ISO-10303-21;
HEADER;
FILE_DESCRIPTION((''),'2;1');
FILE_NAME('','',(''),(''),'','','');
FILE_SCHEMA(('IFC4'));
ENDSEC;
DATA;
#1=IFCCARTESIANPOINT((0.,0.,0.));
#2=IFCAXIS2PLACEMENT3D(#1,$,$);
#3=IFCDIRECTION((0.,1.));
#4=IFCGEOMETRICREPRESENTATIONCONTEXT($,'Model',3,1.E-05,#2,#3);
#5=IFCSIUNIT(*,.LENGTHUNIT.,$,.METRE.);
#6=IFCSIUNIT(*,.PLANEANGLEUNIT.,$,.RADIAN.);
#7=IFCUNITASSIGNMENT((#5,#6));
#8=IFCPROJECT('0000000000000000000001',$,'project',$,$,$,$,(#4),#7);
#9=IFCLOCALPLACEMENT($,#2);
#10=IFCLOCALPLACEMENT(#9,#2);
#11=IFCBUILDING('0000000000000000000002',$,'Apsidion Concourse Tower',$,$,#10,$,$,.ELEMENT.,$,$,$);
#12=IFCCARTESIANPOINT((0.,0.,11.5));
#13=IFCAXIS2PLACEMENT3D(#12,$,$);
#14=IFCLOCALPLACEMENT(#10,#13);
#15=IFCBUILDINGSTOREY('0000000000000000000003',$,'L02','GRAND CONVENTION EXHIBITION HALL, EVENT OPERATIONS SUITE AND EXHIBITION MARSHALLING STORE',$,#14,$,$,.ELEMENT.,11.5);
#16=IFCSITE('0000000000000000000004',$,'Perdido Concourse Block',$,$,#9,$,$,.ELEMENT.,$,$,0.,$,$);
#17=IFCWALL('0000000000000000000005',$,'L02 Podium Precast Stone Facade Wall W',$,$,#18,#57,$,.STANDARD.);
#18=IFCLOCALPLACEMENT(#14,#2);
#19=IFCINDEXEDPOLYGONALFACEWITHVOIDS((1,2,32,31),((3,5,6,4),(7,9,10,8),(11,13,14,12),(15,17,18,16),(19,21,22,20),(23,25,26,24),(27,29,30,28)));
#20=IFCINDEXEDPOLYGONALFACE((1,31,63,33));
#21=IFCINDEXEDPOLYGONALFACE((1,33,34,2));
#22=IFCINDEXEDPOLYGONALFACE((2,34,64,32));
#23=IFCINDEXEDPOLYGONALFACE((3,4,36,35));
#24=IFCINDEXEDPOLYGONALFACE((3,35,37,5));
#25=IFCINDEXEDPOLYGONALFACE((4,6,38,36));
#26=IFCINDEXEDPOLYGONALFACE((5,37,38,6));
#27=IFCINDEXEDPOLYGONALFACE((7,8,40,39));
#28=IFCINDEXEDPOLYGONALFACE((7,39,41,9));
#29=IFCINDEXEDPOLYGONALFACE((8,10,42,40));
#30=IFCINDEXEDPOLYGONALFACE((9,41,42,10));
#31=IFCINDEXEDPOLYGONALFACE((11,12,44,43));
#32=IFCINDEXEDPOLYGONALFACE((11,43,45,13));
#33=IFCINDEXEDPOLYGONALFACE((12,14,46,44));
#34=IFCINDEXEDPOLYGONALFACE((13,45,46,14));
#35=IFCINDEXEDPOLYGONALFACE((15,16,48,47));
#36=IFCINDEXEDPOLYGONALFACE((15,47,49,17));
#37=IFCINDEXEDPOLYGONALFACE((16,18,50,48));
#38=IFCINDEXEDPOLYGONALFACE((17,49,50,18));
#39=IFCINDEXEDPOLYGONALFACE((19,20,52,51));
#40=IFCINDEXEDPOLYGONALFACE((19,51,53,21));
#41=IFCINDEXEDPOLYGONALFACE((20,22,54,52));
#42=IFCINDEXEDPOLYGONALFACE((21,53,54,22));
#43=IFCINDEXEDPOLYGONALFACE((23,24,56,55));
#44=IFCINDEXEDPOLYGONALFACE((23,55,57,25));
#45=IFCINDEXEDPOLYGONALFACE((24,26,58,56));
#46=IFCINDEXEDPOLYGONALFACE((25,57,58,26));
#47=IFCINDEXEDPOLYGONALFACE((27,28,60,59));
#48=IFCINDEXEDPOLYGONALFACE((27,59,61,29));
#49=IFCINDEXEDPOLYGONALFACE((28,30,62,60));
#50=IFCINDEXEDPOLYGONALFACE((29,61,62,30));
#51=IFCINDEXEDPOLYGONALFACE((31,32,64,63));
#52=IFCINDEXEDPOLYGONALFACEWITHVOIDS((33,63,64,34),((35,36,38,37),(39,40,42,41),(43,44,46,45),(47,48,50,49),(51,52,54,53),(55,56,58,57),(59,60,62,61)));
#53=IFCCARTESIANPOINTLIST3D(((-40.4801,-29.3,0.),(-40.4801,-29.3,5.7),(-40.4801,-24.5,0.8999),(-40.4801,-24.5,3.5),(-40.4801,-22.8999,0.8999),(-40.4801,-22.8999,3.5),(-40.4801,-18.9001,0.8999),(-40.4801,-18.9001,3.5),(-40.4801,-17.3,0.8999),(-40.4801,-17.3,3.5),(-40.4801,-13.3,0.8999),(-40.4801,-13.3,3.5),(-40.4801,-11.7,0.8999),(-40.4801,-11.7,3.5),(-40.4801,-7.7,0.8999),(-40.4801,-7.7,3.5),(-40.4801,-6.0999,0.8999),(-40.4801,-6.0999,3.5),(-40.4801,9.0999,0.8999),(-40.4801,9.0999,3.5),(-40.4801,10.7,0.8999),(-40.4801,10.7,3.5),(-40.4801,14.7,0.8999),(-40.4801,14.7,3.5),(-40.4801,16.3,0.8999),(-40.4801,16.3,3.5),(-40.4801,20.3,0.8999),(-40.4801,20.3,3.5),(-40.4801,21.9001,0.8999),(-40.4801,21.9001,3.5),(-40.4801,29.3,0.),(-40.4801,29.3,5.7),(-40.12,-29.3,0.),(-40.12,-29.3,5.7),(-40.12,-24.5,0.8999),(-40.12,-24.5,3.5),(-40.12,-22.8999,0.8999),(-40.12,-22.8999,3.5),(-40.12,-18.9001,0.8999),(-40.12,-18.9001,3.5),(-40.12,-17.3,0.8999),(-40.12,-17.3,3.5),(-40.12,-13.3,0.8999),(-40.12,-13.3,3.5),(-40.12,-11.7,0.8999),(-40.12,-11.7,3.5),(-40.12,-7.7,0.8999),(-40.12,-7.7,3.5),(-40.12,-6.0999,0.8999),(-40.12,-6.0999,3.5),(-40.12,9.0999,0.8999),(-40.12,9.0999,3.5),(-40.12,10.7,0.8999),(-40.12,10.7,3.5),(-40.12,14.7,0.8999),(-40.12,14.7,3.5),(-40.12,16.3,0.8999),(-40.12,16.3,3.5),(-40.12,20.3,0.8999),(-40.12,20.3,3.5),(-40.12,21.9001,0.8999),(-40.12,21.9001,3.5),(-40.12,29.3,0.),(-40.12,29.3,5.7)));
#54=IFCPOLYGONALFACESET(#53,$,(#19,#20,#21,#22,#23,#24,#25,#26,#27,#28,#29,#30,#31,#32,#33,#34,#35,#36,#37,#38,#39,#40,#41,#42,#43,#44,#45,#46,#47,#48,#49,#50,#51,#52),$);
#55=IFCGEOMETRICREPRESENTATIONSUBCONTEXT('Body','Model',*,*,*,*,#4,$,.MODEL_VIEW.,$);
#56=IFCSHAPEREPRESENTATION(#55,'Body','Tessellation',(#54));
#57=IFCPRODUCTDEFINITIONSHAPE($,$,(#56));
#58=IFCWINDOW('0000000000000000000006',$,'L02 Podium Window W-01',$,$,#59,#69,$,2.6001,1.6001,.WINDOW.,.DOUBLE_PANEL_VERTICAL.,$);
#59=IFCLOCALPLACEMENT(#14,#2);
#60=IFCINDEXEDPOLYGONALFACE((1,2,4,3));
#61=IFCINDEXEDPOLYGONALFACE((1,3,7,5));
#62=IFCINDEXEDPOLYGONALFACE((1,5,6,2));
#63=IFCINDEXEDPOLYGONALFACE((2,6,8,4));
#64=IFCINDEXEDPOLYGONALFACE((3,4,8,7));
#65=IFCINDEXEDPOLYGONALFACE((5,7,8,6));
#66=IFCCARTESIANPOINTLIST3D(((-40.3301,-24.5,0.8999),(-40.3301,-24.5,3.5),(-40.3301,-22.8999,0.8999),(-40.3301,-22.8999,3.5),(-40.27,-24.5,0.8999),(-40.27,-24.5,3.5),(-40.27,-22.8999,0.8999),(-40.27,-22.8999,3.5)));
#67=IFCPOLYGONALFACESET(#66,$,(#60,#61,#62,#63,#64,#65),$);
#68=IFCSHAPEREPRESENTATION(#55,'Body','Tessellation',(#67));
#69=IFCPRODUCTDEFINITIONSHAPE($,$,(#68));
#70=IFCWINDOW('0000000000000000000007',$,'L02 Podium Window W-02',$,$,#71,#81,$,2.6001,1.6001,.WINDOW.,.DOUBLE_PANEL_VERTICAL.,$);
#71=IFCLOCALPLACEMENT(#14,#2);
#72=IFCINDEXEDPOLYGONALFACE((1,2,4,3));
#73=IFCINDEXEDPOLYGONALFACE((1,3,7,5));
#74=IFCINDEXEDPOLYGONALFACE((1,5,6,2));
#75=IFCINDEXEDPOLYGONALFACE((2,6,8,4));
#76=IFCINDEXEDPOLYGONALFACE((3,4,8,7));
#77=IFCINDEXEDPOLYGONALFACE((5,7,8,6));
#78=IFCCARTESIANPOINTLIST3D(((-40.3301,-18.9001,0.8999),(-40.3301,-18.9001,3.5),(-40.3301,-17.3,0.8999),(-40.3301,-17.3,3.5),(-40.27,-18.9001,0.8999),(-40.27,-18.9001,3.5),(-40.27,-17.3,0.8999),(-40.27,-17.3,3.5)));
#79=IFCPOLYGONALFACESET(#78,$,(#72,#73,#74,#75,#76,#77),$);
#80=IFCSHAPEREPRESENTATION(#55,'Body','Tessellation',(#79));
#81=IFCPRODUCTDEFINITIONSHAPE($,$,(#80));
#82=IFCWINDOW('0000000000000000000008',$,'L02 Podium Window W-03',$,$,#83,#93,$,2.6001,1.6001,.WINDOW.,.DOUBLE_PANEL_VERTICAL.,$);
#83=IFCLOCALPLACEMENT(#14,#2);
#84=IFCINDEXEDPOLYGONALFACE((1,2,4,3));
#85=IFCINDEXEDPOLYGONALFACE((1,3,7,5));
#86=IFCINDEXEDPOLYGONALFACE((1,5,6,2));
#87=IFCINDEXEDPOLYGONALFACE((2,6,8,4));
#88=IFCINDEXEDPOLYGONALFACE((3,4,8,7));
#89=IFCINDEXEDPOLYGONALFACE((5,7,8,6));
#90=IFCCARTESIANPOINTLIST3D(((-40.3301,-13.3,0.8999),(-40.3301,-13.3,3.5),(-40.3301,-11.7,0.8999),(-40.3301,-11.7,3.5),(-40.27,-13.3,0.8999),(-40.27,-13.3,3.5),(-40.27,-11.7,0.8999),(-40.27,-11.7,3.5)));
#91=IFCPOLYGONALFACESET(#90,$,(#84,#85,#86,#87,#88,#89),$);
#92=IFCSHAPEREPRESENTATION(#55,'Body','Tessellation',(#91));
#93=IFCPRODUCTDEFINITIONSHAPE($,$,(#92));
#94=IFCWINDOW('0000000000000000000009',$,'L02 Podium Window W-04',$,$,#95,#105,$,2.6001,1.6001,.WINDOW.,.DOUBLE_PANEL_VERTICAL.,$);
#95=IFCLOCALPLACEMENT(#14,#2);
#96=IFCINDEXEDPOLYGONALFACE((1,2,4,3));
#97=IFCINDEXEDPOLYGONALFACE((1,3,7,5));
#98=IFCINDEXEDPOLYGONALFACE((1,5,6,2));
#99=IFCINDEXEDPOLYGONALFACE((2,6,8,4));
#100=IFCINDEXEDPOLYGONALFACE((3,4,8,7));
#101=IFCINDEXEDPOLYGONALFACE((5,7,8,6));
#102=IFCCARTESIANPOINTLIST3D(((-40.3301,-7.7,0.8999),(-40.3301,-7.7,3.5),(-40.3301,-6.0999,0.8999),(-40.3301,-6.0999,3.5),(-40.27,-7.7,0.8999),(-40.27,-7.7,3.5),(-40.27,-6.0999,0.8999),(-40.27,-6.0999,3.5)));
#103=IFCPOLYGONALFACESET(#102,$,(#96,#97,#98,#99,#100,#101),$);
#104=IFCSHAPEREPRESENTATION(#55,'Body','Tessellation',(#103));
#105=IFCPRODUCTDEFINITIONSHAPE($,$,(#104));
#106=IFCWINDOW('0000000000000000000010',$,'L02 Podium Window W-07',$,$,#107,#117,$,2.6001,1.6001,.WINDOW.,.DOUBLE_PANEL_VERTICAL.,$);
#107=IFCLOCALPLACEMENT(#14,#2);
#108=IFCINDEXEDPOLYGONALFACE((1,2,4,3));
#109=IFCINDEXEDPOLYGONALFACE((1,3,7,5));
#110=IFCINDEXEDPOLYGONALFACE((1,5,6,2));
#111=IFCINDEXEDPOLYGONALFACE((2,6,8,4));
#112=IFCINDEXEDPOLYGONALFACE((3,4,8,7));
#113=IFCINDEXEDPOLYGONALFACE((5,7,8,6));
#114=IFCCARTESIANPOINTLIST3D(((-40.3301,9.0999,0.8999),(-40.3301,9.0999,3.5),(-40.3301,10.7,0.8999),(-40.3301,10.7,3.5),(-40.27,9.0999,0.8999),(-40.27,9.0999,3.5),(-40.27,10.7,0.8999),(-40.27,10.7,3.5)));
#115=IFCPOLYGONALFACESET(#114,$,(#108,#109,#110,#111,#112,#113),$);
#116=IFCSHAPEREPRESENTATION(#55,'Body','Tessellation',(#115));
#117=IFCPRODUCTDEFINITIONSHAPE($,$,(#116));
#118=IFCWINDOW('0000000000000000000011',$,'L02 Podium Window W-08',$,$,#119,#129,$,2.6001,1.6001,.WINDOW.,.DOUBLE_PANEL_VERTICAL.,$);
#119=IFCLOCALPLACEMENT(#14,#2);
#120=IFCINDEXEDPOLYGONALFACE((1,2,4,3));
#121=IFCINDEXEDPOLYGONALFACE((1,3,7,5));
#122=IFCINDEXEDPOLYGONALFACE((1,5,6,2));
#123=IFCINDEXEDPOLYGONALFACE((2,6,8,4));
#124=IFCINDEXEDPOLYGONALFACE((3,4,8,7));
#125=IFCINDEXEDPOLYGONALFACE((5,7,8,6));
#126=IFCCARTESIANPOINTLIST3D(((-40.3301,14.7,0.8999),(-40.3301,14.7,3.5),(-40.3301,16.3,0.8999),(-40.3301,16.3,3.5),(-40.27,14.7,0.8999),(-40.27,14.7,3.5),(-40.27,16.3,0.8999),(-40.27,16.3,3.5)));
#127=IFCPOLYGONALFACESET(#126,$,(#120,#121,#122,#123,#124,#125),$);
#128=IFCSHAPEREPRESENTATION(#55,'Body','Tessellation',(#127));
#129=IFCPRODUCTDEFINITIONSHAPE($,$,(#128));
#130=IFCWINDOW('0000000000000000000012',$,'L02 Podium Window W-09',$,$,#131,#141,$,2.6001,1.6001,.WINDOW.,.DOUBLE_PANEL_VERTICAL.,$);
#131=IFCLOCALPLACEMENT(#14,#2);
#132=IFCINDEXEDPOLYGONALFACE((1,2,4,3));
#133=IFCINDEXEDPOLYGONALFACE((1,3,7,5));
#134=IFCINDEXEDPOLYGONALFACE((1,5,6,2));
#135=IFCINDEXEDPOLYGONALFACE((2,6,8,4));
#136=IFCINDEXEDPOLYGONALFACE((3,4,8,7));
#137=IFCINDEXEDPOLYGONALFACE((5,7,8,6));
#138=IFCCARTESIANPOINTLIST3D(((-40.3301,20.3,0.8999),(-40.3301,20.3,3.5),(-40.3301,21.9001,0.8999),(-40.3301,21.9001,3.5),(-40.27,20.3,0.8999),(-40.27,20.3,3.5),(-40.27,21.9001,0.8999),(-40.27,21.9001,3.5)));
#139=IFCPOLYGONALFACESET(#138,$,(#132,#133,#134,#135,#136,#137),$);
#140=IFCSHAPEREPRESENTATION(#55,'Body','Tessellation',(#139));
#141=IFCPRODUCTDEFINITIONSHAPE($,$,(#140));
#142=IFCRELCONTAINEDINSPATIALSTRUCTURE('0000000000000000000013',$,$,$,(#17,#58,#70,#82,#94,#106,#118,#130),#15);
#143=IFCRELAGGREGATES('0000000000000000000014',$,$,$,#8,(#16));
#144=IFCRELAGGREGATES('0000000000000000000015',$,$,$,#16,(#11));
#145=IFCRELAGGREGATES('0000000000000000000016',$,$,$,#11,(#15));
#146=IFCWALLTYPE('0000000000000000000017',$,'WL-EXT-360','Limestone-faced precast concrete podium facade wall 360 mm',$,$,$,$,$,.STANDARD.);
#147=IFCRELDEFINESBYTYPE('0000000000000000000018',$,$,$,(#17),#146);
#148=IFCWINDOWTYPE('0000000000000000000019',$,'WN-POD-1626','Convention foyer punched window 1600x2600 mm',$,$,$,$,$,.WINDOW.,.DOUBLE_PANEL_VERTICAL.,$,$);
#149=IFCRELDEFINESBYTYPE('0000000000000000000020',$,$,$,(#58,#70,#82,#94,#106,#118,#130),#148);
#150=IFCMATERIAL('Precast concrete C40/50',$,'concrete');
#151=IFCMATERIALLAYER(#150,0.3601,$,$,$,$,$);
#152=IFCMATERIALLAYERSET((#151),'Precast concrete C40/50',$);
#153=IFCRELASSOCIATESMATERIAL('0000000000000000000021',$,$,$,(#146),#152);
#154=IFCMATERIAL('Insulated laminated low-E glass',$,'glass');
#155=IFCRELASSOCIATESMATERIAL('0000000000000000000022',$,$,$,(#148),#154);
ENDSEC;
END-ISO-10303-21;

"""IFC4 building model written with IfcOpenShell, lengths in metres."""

from ifc_helpers import new_model, si_unit, direction, frame, frame_2d, origin, place, context, subcontext, project, spatial, rectangle, extrude, material, layer, layer_set, type_object, element, fill, save


model = new_model("IFC4")

# Units and contexts
model_context = context("Model", 3, precision=1e-05, world=origin(), true_north=direction((0.0, 1.0)))
body_context = subcontext(model_context, "Body", "Model", "MODEL_VIEW")
ifc_project = project(units=[si_unit("LENGTHUNIT", "METRE"), si_unit("PLANEANGLEUNIT", "RADIAN")], contexts=[model_context])

# Site, building, storey
site_placement = place(None, origin())
site = spatial("IfcSite", under=ifc_project, at=site_placement, Name="Perdido Concourse Block", CompositionType="ELEMENT", RefElevation=0.0)
building_placement = place(site_placement, origin())
building = spatial("IfcBuilding", under=site, at=building_placement, Name="Apsidion Concourse Tower", CompositionType="ELEMENT")
storey_placement = place(building_placement, frame((0.0, 0.0, 11.5)))
storey = spatial("IfcBuildingStorey", under=building, at=storey_placement, Name="L02", Description="GRAND CONVENTION EXHIBITION HALL, EVENT OPERATIONS SUITE AND EXHIBITION MARSHALLING STORE", CompositionType="ELEMENT", Elevation=11.5)

# Wall, openings, windows
ifc_material_1 = material(Name="Precast concrete C40/50", Category="concrete")
ifc_layer_1 = layer(ifc_material_1, 0.3601)
ifc_layer_set_1 = layer_set([ifc_layer_1], Name="Precast concrete C40/50")
wall_type_1 = type_object("IfcWallType", Name="WL-EXT-360", Description="Limestone-faced precast concrete podium facade wall 360 mm", PredefinedType="STANDARD", material=ifc_layer_set_1)
wall_1_placement = place(storey_placement, frame((-40.3, -29.3, 0.0), z_axis=(0.0, 0.0, 1.0), x_axis=(0.0, 1.0, 0.0)))
wall_1 = element("IfcWall", 1, at=wall_1_placement, inside=storey, type_object=wall_type_1, Name="L02 Podium Precast Stone Facade Wall W", PredefinedType="STANDARD", context=body_context, shape_type="SweptSolid", body=[
    extrude(rectangle(XDim=58.6001, YDim=0.3601, at=frame_2d((29.3, 0.0))), origin(), (0.0, 0.0, 1.0), 5.7),
])
opening_1_placement = place(wall_1_placement, frame((4.8, 0.0, 0.8999)))
opening_1 = element("IfcOpeningElement", 2, at=opening_1_placement, cuts=wall_1, PredefinedType="OPENING", context=body_context, shape_type="SweptSolid", body=[
    extrude(rectangle(XDim=1.6001, YDim=2.6001, at=frame_2d((0.8, 1.3))), frame((0.0, 0.1899, 0.0), z_axis=(0.0, -1.0, 0.0), x_axis=(1.0, 0.0, 0.0)), (0.0, 0.0, 1.0), 0.3801),
])
opening_2_placement = place(wall_1_placement, frame((10.3999, 0.0, 0.8999)))
opening_2 = element("IfcOpeningElement", 3, at=opening_2_placement, cuts=wall_1, PredefinedType="OPENING", context=body_context, shape_type="SweptSolid", body=[
    extrude(rectangle(XDim=1.6001, YDim=2.6001, at=frame_2d((0.8, 1.3))), frame((0.0, 0.1899, 0.0), z_axis=(0.0, -1.0, 0.0), x_axis=(1.0, 0.0, 0.0)), (0.0, 0.0, 1.0), 0.3801),
])
opening_3_placement = place(wall_1_placement, frame((16.0, 0.0, 0.8999)))
opening_3 = element("IfcOpeningElement", 4, at=opening_3_placement, cuts=wall_1, PredefinedType="OPENING", context=body_context, shape_type="SweptSolid", body=[
    extrude(rectangle(XDim=1.6001, YDim=2.6001, at=frame_2d((0.8, 1.3))), frame((0.0, 0.1899, 0.0), z_axis=(0.0, -1.0, 0.0), x_axis=(1.0, 0.0, 0.0)), (0.0, 0.0, 1.0), 0.3801),
])
opening_4_placement = place(wall_1_placement, frame((21.6001, 0.0, 0.8999)))
opening_4 = element("IfcOpeningElement", 5, at=opening_4_placement, cuts=wall_1, PredefinedType="OPENING", context=body_context, shape_type="SweptSolid", body=[
    extrude(rectangle(XDim=1.6001, YDim=2.6001, at=frame_2d((0.8, 1.3))), frame((0.0, 0.1899, 0.0), z_axis=(0.0, -1.0, 0.0), x_axis=(1.0, 0.0, 0.0)), (0.0, 0.0, 1.0), 0.3801),
])
opening_5_placement = place(wall_1_placement, frame((38.3999, 0.0, 0.8999)))
opening_5 = element("IfcOpeningElement", 6, at=opening_5_placement, cuts=wall_1, PredefinedType="OPENING", context=body_context, shape_type="SweptSolid", body=[
    extrude(rectangle(XDim=1.6001, YDim=2.6001, at=frame_2d((0.8, 1.3))), frame((0.0, 0.1899, 0.0), z_axis=(0.0, -1.0, 0.0), x_axis=(1.0, 0.0, 0.0)), (0.0, 0.0, 1.0), 0.3801),
])
opening_6_placement = place(wall_1_placement, frame((44.0, 0.0, 0.8999)))
opening_6 = element("IfcOpeningElement", 7, at=opening_6_placement, cuts=wall_1, PredefinedType="OPENING", context=body_context, shape_type="SweptSolid", body=[
    extrude(rectangle(XDim=1.6001, YDim=2.6001, at=frame_2d((0.8, 1.3))), frame((0.0, 0.1899, 0.0), z_axis=(0.0, -1.0, 0.0), x_axis=(1.0, 0.0, 0.0)), (0.0, 0.0, 1.0), 0.3801),
])
opening_7_placement = place(wall_1_placement, frame((49.6001, 0.0, 0.8999)))
opening_7 = element("IfcOpeningElement", 8, at=opening_7_placement, cuts=wall_1, PredefinedType="OPENING", context=body_context, shape_type="SweptSolid", body=[
    extrude(rectangle(XDim=1.6001, YDim=2.6001, at=frame_2d((0.8, 1.3))), frame((0.0, 0.1899, 0.0), z_axis=(0.0, -1.0, 0.0), x_axis=(1.0, 0.0, 0.0)), (0.0, 0.0, 1.0), 0.3801),
])
ifc_material_2 = material(Name="Insulated laminated low-E glass", Category="glass")
window_type = type_object("IfcWindowType", Name="WN-POD-1626", Description="Convention foyer punched window 1600x2600 mm", PartitioningType="DOUBLE_PANEL_VERTICAL", PredefinedType="WINDOW", material=ifc_material_2)
window_1_placement = place(opening_1_placement, origin())
window_1 = element("IfcWindow", 9, at=window_1_placement, inside=storey, type_object=window_type, Name="L02 Podium Window W-01", OverallHeight=2.6001, OverallWidth=1.6001, PartitioningType="DOUBLE_PANEL_VERTICAL", PredefinedType="WINDOW", context=body_context, shape_type="SweptSolid", body=[
    extrude(rectangle(XDim=1.6001, YDim=2.6001, at=frame_2d((0.8, 1.3))), frame((0.0, 0.03, 0.0), z_axis=(0.0, -1.0, 0.0), x_axis=(1.0, 0.0, 0.0)), (0.0, 0.0, 1.0), 0.0601),
])
fill(opening_1, window_1)
window_2_placement = place(opening_2_placement, origin())
window_2 = element("IfcWindow", 10, at=window_2_placement, inside=storey, type_object=window_type, Name="L02 Podium Window W-02", OverallHeight=2.6001, OverallWidth=1.6001, PartitioningType="DOUBLE_PANEL_VERTICAL", PredefinedType="WINDOW", context=body_context, shape_type="SweptSolid", body=[
    extrude(rectangle(XDim=1.6001, YDim=2.6001, at=frame_2d((0.8, 1.3))), frame((0.0, 0.03, 0.0), z_axis=(0.0, -1.0, 0.0), x_axis=(1.0, 0.0, 0.0)), (0.0, 0.0, 1.0), 0.0601),
])
fill(opening_2, window_2)
window_3_placement = place(opening_3_placement, origin())
window_3 = element("IfcWindow", 11, at=window_3_placement, inside=storey, type_object=window_type, Name="L02 Podium Window W-03", OverallHeight=2.6001, OverallWidth=1.6001, PartitioningType="DOUBLE_PANEL_VERTICAL", PredefinedType="WINDOW", context=body_context, shape_type="SweptSolid", body=[
    extrude(rectangle(XDim=1.6001, YDim=2.6001, at=frame_2d((0.8, 1.3))), frame((0.0, 0.03, 0.0), z_axis=(0.0, -1.0, 0.0), x_axis=(1.0, 0.0, 0.0)), (0.0, 0.0, 1.0), 0.0601),
])
fill(opening_3, window_3)
window_4_placement = place(opening_4_placement, origin())
window_4 = element("IfcWindow", 12, at=window_4_placement, inside=storey, type_object=window_type, Name="L02 Podium Window W-04", OverallHeight=2.6001, OverallWidth=1.6001, PartitioningType="DOUBLE_PANEL_VERTICAL", PredefinedType="WINDOW", context=body_context, shape_type="SweptSolid", body=[
    extrude(rectangle(XDim=1.6001, YDim=2.6001, at=frame_2d((0.8, 1.3))), frame((0.0, 0.03, 0.0), z_axis=(0.0, -1.0, 0.0), x_axis=(1.0, 0.0, 0.0)), (0.0, 0.0, 1.0), 0.0601),
])
fill(opening_4, window_4)
window_5_placement = place(opening_5_placement, origin())
window_5 = element("IfcWindow", 13, at=window_5_placement, inside=storey, type_object=window_type, Name="L02 Podium Window W-07", OverallHeight=2.6001, OverallWidth=1.6001, PartitioningType="DOUBLE_PANEL_VERTICAL", PredefinedType="WINDOW", context=body_context, shape_type="SweptSolid", body=[
    extrude(rectangle(XDim=1.6001, YDim=2.6001, at=frame_2d((0.8, 1.3))), frame((0.0, 0.03, 0.0), z_axis=(0.0, -1.0, 0.0), x_axis=(1.0, 0.0, 0.0)), (0.0, 0.0, 1.0), 0.0601),
])
fill(opening_5, window_5)
window_6_placement = place(opening_6_placement, origin())
window_6 = element("IfcWindow", 14, at=window_6_placement, inside=storey, type_object=window_type, Name="L02 Podium Window W-08", OverallHeight=2.6001, OverallWidth=1.6001, PartitioningType="DOUBLE_PANEL_VERTICAL", PredefinedType="WINDOW", context=body_context, shape_type="SweptSolid", body=[
    extrude(rectangle(XDim=1.6001, YDim=2.6001, at=frame_2d((0.8, 1.3))), frame((0.0, 0.03, 0.0), z_axis=(0.0, -1.0, 0.0), x_axis=(1.0, 0.0, 0.0)), (0.0, 0.0, 1.0), 0.0601),
])
fill(opening_6, window_6)
window_7_placement = place(opening_7_placement, origin())
window_7 = element("IfcWindow", 15, at=window_7_placement, inside=storey, type_object=window_type, Name="L02 Podium Window W-09", OverallHeight=2.6001, OverallWidth=1.6001, PartitioningType="DOUBLE_PANEL_VERTICAL", PredefinedType="WINDOW", context=body_context, shape_type="SweptSolid", body=[
    extrude(rectangle(XDim=1.6001, YDim=2.6001, at=frame_2d((0.8, 1.3))), frame((0.0, 0.03, 0.0), z_axis=(0.0, -1.0, 0.0), x_axis=(1.0, 0.0, 0.0)), (0.0, 0.0, 1.0), 0.0601),
])
fill(opening_7, window_7)

save(model, "model.ifc")
